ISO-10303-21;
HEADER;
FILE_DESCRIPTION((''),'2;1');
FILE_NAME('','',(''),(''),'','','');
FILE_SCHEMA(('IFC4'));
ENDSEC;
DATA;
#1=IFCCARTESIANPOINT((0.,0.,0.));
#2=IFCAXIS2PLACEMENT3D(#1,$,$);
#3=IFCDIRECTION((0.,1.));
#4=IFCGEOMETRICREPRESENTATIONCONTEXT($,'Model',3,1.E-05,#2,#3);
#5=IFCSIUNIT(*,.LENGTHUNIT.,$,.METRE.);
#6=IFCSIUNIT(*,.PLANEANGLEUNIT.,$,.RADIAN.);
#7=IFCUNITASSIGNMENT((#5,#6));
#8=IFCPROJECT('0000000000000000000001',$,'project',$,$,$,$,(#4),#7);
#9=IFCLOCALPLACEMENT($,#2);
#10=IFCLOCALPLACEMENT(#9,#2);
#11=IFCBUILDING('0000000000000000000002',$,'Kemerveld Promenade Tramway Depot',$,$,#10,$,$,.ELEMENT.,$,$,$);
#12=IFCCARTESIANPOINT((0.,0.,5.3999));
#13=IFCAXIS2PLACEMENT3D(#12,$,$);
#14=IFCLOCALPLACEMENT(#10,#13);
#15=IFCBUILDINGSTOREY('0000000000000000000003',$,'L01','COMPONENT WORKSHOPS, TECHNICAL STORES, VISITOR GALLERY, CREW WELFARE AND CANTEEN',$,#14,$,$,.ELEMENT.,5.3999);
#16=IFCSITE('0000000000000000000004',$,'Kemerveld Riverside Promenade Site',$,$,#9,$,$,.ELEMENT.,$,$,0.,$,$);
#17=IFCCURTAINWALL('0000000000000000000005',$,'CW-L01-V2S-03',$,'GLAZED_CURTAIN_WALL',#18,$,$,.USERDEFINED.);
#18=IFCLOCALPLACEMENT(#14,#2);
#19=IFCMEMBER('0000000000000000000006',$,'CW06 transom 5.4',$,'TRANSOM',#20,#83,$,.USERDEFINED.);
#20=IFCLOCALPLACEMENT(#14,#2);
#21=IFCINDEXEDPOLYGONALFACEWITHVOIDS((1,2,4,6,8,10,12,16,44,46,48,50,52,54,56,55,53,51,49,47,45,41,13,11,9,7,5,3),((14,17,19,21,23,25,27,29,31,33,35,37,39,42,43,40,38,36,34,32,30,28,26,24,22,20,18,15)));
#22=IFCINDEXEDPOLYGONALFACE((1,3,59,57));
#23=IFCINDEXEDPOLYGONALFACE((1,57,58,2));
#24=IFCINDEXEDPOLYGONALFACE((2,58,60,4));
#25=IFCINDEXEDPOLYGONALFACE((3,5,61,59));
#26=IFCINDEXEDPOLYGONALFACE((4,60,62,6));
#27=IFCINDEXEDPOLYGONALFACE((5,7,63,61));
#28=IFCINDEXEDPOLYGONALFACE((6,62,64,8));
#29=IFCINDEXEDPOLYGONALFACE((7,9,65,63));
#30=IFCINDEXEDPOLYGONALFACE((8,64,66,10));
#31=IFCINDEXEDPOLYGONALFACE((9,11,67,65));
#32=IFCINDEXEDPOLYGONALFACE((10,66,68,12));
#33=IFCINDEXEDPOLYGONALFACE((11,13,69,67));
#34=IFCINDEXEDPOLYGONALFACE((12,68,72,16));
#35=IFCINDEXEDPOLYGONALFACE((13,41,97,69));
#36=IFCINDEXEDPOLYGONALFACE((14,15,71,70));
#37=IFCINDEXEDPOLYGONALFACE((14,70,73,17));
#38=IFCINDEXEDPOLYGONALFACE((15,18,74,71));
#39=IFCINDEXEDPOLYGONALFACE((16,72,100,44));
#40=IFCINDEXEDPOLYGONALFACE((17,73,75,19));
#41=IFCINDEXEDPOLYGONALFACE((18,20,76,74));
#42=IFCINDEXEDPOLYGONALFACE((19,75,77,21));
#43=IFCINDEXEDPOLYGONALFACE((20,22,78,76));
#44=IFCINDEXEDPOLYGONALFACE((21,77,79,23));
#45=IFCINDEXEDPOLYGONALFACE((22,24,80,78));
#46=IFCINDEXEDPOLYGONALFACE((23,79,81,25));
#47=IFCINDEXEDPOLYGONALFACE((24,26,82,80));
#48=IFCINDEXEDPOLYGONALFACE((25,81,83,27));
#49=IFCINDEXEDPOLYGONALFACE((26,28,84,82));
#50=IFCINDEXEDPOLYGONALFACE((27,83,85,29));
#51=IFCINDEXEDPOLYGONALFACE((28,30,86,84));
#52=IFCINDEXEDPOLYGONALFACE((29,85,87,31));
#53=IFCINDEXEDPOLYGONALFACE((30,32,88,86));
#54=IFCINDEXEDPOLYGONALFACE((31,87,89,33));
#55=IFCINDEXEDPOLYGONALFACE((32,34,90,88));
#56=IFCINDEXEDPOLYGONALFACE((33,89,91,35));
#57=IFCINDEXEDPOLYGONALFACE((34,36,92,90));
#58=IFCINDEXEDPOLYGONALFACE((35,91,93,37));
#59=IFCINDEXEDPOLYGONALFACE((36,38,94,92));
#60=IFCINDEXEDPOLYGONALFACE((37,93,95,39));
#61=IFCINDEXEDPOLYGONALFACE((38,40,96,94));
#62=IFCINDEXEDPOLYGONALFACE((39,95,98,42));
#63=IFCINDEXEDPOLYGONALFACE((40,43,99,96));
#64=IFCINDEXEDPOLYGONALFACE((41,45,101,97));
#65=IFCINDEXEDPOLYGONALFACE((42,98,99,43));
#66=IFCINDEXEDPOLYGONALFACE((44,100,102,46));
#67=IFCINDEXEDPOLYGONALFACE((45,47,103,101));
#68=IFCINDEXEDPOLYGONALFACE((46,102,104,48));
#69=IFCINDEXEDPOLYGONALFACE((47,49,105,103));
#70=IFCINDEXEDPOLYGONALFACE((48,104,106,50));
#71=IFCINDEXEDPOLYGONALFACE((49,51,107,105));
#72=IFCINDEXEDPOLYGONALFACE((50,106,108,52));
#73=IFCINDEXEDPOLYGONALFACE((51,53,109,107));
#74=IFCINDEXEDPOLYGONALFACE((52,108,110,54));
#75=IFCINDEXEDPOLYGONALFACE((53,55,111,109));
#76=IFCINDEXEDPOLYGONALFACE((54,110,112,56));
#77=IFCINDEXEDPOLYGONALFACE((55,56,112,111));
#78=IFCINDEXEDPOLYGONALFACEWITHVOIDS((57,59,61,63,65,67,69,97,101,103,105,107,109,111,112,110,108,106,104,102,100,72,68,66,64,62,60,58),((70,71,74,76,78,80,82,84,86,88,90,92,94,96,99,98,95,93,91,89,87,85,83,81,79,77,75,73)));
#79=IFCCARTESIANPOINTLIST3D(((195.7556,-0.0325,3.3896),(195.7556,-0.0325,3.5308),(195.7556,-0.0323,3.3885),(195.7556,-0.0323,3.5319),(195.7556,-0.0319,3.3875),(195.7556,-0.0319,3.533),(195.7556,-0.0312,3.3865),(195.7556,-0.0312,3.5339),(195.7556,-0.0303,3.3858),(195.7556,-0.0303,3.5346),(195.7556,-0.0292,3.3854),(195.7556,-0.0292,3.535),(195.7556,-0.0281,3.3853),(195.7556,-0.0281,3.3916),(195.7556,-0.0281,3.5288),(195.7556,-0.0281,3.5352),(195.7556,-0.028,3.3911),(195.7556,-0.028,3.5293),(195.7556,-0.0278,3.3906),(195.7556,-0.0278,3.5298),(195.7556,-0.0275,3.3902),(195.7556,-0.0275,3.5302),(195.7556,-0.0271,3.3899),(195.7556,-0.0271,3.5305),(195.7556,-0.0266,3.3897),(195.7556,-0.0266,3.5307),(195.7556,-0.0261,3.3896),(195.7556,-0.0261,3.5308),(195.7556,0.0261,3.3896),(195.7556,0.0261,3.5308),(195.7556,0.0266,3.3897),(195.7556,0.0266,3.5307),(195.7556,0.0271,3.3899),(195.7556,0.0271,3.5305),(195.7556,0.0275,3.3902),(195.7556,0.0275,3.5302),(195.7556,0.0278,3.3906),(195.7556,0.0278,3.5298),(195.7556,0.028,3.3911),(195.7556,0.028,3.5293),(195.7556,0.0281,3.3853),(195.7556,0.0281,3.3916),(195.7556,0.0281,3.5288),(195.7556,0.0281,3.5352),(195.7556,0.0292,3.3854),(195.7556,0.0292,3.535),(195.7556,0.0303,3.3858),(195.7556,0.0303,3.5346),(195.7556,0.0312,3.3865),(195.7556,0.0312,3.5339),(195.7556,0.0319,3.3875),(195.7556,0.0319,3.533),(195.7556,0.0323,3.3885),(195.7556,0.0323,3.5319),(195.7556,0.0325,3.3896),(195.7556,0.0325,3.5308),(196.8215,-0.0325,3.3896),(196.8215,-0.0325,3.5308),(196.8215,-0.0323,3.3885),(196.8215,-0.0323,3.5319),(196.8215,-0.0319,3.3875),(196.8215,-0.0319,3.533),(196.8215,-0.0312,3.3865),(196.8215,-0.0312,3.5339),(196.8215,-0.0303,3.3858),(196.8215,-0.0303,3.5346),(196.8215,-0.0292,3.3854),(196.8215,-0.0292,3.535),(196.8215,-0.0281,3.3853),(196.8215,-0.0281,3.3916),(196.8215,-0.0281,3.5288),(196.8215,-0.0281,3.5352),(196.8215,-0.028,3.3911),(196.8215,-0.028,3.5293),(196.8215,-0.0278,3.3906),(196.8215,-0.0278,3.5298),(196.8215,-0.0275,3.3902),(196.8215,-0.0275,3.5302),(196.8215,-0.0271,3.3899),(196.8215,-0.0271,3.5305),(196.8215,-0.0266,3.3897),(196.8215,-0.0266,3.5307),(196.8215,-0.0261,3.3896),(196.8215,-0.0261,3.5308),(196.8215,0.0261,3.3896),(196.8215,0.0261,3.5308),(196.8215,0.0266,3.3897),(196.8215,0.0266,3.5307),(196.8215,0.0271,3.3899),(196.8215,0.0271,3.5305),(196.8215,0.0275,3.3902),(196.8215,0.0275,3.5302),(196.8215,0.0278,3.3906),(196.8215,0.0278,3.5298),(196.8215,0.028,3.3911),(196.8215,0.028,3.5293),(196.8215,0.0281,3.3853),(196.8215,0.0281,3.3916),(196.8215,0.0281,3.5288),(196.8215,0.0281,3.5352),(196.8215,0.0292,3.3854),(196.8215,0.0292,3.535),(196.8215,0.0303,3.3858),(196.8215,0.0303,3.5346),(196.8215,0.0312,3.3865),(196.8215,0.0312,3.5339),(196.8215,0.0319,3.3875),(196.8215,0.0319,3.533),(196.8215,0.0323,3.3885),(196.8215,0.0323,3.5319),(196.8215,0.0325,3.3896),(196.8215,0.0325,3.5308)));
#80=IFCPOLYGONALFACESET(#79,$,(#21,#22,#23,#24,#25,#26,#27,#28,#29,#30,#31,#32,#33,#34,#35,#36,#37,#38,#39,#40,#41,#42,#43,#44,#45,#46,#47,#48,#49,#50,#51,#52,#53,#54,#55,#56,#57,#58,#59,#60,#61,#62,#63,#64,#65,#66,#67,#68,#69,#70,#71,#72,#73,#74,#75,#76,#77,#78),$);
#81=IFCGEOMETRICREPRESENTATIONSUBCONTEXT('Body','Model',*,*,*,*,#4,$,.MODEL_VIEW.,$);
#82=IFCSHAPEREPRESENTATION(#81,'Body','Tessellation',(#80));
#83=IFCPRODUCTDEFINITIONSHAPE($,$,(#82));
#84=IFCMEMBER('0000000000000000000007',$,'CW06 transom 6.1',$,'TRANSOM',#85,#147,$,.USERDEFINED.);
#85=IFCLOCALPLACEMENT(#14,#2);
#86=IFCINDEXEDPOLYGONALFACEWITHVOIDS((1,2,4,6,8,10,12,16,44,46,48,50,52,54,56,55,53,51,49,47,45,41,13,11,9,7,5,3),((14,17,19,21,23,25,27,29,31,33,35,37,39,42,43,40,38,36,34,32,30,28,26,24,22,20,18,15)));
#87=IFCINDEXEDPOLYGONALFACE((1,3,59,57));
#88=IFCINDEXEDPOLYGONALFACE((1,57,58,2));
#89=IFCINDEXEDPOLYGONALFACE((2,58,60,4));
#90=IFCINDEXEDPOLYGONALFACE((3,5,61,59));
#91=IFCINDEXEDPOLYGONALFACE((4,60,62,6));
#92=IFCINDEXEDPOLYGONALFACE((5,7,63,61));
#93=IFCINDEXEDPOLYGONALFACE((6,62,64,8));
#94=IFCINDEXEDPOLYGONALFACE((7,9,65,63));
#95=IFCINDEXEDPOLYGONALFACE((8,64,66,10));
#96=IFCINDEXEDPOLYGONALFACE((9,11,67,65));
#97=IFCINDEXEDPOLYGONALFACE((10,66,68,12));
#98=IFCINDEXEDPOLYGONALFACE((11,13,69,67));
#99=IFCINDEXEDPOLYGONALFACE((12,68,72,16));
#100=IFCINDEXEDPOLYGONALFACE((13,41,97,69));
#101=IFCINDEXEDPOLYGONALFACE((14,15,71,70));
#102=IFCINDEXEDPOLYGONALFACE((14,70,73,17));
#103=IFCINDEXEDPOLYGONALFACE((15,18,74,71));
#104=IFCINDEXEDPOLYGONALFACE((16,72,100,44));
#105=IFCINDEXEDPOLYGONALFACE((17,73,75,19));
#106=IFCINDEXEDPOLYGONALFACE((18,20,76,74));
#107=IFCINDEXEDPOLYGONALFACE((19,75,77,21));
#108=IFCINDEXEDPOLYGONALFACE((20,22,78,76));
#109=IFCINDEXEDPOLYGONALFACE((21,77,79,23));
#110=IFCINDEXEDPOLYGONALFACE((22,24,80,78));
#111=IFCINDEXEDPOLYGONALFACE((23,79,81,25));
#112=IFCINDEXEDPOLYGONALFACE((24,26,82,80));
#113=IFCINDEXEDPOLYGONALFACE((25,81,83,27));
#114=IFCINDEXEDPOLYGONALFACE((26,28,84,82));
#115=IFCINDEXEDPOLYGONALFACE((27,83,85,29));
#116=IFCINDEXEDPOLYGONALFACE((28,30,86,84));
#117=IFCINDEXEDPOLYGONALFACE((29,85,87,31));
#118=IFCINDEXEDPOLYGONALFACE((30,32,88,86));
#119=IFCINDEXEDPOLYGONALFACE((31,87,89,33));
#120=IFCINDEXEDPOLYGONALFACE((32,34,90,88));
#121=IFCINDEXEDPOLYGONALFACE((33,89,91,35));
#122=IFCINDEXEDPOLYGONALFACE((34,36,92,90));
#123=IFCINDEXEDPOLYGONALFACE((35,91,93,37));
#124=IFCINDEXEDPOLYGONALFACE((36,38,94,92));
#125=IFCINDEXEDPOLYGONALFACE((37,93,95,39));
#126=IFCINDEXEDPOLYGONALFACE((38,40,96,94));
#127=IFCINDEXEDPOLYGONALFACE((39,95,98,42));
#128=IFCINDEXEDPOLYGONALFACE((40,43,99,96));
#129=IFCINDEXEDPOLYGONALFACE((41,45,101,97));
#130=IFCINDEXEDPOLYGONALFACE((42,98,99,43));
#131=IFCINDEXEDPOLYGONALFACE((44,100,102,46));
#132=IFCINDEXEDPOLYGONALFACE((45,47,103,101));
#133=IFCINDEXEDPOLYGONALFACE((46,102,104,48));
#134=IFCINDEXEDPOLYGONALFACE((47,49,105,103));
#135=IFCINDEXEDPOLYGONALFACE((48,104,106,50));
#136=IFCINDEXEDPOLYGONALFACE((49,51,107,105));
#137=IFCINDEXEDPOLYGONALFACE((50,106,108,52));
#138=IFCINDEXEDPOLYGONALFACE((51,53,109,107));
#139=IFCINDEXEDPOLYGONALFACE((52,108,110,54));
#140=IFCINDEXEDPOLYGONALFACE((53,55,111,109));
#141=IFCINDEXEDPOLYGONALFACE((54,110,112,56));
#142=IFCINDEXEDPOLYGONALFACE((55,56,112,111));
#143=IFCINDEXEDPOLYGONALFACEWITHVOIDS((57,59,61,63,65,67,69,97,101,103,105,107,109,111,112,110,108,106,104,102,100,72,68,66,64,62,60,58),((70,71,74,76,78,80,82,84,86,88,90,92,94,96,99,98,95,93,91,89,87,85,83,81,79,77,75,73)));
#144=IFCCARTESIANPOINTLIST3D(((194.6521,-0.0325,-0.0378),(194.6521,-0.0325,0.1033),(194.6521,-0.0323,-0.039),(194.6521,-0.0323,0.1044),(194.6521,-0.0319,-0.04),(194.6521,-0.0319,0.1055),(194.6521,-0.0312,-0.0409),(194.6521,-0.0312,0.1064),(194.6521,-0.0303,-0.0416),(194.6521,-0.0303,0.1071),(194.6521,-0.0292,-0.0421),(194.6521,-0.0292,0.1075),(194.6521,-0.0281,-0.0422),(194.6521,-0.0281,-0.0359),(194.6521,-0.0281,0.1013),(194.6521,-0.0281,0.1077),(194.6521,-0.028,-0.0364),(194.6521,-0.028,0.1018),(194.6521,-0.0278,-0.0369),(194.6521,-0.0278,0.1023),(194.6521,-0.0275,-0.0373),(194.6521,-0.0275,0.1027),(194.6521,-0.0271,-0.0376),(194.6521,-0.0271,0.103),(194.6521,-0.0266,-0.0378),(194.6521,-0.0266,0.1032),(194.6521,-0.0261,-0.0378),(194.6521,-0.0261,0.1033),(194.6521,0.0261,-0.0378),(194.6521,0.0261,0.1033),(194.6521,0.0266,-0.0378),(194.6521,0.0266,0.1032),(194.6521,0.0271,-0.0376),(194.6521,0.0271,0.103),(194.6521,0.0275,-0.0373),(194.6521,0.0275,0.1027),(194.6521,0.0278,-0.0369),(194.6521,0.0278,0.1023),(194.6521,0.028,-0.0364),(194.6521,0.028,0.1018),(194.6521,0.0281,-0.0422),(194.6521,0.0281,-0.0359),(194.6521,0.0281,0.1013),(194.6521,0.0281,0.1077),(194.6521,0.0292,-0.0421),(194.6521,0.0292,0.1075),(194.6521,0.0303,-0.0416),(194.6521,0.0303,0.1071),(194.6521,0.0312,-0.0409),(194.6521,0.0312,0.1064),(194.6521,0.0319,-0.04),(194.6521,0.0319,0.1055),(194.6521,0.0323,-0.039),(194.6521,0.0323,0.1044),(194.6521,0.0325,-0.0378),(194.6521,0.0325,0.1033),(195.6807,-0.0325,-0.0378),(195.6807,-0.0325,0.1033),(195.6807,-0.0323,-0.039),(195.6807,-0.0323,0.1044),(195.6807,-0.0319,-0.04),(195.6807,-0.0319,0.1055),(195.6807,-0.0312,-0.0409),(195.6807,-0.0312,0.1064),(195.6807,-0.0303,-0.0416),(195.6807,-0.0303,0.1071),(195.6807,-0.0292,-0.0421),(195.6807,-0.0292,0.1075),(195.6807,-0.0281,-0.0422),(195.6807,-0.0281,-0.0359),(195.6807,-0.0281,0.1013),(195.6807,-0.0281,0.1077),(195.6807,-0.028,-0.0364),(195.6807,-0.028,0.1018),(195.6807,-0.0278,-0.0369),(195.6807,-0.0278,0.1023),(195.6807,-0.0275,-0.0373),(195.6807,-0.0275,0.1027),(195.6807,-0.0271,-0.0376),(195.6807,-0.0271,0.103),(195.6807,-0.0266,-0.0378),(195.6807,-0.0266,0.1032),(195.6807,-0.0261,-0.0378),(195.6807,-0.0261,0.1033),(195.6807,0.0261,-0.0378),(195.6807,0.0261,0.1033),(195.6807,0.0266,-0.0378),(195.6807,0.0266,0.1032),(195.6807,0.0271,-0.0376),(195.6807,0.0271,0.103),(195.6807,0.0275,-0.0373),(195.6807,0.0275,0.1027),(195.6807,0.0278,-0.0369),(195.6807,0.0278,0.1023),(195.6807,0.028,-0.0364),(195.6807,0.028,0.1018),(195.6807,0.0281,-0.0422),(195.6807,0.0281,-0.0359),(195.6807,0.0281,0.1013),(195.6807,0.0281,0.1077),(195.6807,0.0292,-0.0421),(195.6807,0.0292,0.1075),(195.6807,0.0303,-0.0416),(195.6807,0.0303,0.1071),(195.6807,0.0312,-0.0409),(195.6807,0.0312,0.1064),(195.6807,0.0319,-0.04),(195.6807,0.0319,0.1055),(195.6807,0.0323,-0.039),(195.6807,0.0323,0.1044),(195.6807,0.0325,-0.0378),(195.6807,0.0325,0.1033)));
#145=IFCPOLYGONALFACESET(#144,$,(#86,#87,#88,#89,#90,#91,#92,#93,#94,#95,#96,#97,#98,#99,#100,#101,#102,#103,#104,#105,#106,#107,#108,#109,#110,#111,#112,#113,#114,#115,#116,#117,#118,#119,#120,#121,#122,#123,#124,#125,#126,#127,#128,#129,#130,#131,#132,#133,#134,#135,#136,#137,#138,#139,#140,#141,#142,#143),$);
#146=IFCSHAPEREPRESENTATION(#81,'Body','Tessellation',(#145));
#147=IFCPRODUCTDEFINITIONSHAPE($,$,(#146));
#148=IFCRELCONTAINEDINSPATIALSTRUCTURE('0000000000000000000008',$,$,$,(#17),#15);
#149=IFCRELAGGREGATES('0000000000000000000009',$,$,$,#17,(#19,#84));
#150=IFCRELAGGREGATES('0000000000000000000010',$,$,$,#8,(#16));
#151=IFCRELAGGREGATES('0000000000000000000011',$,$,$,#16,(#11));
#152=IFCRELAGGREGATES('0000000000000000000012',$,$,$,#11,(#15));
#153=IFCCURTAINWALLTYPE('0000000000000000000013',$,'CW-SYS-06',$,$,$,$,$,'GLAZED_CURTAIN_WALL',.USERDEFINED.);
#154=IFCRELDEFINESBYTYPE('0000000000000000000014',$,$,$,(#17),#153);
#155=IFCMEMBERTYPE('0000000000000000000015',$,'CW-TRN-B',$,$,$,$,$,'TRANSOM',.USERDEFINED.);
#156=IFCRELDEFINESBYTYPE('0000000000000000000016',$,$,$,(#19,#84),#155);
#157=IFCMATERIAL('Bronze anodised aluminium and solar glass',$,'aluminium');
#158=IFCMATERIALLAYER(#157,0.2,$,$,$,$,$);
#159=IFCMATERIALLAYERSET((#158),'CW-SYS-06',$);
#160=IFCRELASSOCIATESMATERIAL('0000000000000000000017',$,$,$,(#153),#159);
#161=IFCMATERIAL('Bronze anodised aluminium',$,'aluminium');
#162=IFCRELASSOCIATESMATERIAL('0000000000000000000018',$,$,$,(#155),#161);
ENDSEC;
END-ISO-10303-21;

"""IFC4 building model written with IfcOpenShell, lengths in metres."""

from ifc_helpers import new_model, si_unit, direction, frame, origin, origin_2d, place, context, subcontext, project, spatial, hollow_rectangle, extrude, material, layer, layer_set, material_profile, profile_set, type_object, element, aggregate, save


model = new_model("IFC4")

# Units and contexts
model_context = context("Model", 3, precision=1e-05, world=origin(), true_north=direction((0.0, 1.0)))
body_context = subcontext(model_context, "Body", "Model", "MODEL_VIEW")
ifc_project = project(units=[si_unit("LENGTHUNIT", "METRE"), si_unit("PLANEANGLEUNIT", "RADIAN")], contexts=[model_context])

# Site, building, storey
site_placement = place(None, origin())
site = spatial("IfcSite", under=ifc_project, at=site_placement, Name="Kemerveld Riverside Promenade Site", CompositionType="ELEMENT", RefElevation=0.0)
building_placement = place(site_placement, origin())
building = spatial("IfcBuilding", under=site, at=building_placement, Name="Kemerveld Promenade Tramway Depot", CompositionType="ELEMENT")
storey_placement = place(building_placement, frame((0.0, 0.0, 5.3999)))
storey = spatial("IfcBuildingStorey", under=building, at=storey_placement, Name="L01", Description="COMPONENT WORKSHOPS, TECHNICAL STORES, VISITOR GALLERY, CREW WELFARE AND CANTEEN", CompositionType="ELEMENT", Elevation=5.3999)

# Curtain wall, members
ifc_material_1 = material(Name="Bronze anodised aluminium and solar glass", Category="aluminium")
ifc_layer_1 = layer(ifc_material_1, 0.2)
ifc_layer_set_1 = layer_set([ifc_layer_1], Name="CW-SYS-06")
curtain_wall_type = type_object("IfcCurtainWallType", Name="CW-SYS-06", ElementType="GLAZED_CURTAIN_WALL", PredefinedType="USERDEFINED", material=ifc_layer_set_1)
curtain_wall_placement = place(storey_placement, origin())
curtain_wall = element("IfcCurtainWall", 1, at=curtain_wall_placement, inside=storey, type_object=curtain_wall_type, Name="CW-L01-V2S-03", ObjectType="GLAZED_CURTAIN_WALL", PredefinedType="USERDEFINED")
ifc_material_2 = material(Name="Bronze anodised aluminium", Category="aluminium")
ifc_material_profile_1 = material_profile(ifc_material_2, hollow_rectangle(XDim=0.0649, YDim=0.1499, WallThickness=0.0044, InnerFilletRadius=0.002, OuterFilletRadius=0.0044, at=origin_2d()), Name="CW-TRN-150x65")
ifc_profile_set_1 = profile_set([ifc_material_profile_1], Name="Bronze anodised aluminium")
member_type_1 = type_object("IfcMemberType", Name="CW-TRN-B", ElementType="TRANSOM", PredefinedType="USERDEFINED", material=ifc_profile_set_1)
member_1_placement = place(storey_placement, frame((196.8215, 0.0, 3.4602), z_axis=(-1.0, 0.0, 0.0), x_axis=(0.0, -1.0, 0.0)))
member_1 = element("IfcMember", 2, at=member_1_placement, type_object=member_type_1, Name="CW06 transom 5.4", ObjectType="TRANSOM", PredefinedType="USERDEFINED", context=body_context, shape_type="SweptSolid", body=[
    extrude(hollow_rectangle(XDim=0.0649, YDim=0.1499, WallThickness=0.0044, InnerFilletRadius=0.002, OuterFilletRadius=0.0044, at=origin_2d()), origin(), (0.0, 0.0, 1.0), 1.0659),
])
member_2_placement = place(storey_placement, frame((195.6807, 0.0, 0.0327), z_axis=(-1.0, 0.0, 0.0), x_axis=(0.0, -1.0, 0.0)))
member_2 = element("IfcMember", 3, at=member_2_placement, type_object=member_type_1, Name="CW06 transom 6.1", ObjectType="TRANSOM", PredefinedType="USERDEFINED", context=body_context, shape_type="SweptSolid", body=[
    extrude(hollow_rectangle(XDim=0.0649, YDim=0.1499, WallThickness=0.0044, InnerFilletRadius=0.002, OuterFilletRadius=0.0044, at=origin_2d()), origin(), (0.0, 0.0, 1.0), 1.0286),
])
aggregate(curtain_wall, [member_1, member_2])

save(model, "model.ifc")
